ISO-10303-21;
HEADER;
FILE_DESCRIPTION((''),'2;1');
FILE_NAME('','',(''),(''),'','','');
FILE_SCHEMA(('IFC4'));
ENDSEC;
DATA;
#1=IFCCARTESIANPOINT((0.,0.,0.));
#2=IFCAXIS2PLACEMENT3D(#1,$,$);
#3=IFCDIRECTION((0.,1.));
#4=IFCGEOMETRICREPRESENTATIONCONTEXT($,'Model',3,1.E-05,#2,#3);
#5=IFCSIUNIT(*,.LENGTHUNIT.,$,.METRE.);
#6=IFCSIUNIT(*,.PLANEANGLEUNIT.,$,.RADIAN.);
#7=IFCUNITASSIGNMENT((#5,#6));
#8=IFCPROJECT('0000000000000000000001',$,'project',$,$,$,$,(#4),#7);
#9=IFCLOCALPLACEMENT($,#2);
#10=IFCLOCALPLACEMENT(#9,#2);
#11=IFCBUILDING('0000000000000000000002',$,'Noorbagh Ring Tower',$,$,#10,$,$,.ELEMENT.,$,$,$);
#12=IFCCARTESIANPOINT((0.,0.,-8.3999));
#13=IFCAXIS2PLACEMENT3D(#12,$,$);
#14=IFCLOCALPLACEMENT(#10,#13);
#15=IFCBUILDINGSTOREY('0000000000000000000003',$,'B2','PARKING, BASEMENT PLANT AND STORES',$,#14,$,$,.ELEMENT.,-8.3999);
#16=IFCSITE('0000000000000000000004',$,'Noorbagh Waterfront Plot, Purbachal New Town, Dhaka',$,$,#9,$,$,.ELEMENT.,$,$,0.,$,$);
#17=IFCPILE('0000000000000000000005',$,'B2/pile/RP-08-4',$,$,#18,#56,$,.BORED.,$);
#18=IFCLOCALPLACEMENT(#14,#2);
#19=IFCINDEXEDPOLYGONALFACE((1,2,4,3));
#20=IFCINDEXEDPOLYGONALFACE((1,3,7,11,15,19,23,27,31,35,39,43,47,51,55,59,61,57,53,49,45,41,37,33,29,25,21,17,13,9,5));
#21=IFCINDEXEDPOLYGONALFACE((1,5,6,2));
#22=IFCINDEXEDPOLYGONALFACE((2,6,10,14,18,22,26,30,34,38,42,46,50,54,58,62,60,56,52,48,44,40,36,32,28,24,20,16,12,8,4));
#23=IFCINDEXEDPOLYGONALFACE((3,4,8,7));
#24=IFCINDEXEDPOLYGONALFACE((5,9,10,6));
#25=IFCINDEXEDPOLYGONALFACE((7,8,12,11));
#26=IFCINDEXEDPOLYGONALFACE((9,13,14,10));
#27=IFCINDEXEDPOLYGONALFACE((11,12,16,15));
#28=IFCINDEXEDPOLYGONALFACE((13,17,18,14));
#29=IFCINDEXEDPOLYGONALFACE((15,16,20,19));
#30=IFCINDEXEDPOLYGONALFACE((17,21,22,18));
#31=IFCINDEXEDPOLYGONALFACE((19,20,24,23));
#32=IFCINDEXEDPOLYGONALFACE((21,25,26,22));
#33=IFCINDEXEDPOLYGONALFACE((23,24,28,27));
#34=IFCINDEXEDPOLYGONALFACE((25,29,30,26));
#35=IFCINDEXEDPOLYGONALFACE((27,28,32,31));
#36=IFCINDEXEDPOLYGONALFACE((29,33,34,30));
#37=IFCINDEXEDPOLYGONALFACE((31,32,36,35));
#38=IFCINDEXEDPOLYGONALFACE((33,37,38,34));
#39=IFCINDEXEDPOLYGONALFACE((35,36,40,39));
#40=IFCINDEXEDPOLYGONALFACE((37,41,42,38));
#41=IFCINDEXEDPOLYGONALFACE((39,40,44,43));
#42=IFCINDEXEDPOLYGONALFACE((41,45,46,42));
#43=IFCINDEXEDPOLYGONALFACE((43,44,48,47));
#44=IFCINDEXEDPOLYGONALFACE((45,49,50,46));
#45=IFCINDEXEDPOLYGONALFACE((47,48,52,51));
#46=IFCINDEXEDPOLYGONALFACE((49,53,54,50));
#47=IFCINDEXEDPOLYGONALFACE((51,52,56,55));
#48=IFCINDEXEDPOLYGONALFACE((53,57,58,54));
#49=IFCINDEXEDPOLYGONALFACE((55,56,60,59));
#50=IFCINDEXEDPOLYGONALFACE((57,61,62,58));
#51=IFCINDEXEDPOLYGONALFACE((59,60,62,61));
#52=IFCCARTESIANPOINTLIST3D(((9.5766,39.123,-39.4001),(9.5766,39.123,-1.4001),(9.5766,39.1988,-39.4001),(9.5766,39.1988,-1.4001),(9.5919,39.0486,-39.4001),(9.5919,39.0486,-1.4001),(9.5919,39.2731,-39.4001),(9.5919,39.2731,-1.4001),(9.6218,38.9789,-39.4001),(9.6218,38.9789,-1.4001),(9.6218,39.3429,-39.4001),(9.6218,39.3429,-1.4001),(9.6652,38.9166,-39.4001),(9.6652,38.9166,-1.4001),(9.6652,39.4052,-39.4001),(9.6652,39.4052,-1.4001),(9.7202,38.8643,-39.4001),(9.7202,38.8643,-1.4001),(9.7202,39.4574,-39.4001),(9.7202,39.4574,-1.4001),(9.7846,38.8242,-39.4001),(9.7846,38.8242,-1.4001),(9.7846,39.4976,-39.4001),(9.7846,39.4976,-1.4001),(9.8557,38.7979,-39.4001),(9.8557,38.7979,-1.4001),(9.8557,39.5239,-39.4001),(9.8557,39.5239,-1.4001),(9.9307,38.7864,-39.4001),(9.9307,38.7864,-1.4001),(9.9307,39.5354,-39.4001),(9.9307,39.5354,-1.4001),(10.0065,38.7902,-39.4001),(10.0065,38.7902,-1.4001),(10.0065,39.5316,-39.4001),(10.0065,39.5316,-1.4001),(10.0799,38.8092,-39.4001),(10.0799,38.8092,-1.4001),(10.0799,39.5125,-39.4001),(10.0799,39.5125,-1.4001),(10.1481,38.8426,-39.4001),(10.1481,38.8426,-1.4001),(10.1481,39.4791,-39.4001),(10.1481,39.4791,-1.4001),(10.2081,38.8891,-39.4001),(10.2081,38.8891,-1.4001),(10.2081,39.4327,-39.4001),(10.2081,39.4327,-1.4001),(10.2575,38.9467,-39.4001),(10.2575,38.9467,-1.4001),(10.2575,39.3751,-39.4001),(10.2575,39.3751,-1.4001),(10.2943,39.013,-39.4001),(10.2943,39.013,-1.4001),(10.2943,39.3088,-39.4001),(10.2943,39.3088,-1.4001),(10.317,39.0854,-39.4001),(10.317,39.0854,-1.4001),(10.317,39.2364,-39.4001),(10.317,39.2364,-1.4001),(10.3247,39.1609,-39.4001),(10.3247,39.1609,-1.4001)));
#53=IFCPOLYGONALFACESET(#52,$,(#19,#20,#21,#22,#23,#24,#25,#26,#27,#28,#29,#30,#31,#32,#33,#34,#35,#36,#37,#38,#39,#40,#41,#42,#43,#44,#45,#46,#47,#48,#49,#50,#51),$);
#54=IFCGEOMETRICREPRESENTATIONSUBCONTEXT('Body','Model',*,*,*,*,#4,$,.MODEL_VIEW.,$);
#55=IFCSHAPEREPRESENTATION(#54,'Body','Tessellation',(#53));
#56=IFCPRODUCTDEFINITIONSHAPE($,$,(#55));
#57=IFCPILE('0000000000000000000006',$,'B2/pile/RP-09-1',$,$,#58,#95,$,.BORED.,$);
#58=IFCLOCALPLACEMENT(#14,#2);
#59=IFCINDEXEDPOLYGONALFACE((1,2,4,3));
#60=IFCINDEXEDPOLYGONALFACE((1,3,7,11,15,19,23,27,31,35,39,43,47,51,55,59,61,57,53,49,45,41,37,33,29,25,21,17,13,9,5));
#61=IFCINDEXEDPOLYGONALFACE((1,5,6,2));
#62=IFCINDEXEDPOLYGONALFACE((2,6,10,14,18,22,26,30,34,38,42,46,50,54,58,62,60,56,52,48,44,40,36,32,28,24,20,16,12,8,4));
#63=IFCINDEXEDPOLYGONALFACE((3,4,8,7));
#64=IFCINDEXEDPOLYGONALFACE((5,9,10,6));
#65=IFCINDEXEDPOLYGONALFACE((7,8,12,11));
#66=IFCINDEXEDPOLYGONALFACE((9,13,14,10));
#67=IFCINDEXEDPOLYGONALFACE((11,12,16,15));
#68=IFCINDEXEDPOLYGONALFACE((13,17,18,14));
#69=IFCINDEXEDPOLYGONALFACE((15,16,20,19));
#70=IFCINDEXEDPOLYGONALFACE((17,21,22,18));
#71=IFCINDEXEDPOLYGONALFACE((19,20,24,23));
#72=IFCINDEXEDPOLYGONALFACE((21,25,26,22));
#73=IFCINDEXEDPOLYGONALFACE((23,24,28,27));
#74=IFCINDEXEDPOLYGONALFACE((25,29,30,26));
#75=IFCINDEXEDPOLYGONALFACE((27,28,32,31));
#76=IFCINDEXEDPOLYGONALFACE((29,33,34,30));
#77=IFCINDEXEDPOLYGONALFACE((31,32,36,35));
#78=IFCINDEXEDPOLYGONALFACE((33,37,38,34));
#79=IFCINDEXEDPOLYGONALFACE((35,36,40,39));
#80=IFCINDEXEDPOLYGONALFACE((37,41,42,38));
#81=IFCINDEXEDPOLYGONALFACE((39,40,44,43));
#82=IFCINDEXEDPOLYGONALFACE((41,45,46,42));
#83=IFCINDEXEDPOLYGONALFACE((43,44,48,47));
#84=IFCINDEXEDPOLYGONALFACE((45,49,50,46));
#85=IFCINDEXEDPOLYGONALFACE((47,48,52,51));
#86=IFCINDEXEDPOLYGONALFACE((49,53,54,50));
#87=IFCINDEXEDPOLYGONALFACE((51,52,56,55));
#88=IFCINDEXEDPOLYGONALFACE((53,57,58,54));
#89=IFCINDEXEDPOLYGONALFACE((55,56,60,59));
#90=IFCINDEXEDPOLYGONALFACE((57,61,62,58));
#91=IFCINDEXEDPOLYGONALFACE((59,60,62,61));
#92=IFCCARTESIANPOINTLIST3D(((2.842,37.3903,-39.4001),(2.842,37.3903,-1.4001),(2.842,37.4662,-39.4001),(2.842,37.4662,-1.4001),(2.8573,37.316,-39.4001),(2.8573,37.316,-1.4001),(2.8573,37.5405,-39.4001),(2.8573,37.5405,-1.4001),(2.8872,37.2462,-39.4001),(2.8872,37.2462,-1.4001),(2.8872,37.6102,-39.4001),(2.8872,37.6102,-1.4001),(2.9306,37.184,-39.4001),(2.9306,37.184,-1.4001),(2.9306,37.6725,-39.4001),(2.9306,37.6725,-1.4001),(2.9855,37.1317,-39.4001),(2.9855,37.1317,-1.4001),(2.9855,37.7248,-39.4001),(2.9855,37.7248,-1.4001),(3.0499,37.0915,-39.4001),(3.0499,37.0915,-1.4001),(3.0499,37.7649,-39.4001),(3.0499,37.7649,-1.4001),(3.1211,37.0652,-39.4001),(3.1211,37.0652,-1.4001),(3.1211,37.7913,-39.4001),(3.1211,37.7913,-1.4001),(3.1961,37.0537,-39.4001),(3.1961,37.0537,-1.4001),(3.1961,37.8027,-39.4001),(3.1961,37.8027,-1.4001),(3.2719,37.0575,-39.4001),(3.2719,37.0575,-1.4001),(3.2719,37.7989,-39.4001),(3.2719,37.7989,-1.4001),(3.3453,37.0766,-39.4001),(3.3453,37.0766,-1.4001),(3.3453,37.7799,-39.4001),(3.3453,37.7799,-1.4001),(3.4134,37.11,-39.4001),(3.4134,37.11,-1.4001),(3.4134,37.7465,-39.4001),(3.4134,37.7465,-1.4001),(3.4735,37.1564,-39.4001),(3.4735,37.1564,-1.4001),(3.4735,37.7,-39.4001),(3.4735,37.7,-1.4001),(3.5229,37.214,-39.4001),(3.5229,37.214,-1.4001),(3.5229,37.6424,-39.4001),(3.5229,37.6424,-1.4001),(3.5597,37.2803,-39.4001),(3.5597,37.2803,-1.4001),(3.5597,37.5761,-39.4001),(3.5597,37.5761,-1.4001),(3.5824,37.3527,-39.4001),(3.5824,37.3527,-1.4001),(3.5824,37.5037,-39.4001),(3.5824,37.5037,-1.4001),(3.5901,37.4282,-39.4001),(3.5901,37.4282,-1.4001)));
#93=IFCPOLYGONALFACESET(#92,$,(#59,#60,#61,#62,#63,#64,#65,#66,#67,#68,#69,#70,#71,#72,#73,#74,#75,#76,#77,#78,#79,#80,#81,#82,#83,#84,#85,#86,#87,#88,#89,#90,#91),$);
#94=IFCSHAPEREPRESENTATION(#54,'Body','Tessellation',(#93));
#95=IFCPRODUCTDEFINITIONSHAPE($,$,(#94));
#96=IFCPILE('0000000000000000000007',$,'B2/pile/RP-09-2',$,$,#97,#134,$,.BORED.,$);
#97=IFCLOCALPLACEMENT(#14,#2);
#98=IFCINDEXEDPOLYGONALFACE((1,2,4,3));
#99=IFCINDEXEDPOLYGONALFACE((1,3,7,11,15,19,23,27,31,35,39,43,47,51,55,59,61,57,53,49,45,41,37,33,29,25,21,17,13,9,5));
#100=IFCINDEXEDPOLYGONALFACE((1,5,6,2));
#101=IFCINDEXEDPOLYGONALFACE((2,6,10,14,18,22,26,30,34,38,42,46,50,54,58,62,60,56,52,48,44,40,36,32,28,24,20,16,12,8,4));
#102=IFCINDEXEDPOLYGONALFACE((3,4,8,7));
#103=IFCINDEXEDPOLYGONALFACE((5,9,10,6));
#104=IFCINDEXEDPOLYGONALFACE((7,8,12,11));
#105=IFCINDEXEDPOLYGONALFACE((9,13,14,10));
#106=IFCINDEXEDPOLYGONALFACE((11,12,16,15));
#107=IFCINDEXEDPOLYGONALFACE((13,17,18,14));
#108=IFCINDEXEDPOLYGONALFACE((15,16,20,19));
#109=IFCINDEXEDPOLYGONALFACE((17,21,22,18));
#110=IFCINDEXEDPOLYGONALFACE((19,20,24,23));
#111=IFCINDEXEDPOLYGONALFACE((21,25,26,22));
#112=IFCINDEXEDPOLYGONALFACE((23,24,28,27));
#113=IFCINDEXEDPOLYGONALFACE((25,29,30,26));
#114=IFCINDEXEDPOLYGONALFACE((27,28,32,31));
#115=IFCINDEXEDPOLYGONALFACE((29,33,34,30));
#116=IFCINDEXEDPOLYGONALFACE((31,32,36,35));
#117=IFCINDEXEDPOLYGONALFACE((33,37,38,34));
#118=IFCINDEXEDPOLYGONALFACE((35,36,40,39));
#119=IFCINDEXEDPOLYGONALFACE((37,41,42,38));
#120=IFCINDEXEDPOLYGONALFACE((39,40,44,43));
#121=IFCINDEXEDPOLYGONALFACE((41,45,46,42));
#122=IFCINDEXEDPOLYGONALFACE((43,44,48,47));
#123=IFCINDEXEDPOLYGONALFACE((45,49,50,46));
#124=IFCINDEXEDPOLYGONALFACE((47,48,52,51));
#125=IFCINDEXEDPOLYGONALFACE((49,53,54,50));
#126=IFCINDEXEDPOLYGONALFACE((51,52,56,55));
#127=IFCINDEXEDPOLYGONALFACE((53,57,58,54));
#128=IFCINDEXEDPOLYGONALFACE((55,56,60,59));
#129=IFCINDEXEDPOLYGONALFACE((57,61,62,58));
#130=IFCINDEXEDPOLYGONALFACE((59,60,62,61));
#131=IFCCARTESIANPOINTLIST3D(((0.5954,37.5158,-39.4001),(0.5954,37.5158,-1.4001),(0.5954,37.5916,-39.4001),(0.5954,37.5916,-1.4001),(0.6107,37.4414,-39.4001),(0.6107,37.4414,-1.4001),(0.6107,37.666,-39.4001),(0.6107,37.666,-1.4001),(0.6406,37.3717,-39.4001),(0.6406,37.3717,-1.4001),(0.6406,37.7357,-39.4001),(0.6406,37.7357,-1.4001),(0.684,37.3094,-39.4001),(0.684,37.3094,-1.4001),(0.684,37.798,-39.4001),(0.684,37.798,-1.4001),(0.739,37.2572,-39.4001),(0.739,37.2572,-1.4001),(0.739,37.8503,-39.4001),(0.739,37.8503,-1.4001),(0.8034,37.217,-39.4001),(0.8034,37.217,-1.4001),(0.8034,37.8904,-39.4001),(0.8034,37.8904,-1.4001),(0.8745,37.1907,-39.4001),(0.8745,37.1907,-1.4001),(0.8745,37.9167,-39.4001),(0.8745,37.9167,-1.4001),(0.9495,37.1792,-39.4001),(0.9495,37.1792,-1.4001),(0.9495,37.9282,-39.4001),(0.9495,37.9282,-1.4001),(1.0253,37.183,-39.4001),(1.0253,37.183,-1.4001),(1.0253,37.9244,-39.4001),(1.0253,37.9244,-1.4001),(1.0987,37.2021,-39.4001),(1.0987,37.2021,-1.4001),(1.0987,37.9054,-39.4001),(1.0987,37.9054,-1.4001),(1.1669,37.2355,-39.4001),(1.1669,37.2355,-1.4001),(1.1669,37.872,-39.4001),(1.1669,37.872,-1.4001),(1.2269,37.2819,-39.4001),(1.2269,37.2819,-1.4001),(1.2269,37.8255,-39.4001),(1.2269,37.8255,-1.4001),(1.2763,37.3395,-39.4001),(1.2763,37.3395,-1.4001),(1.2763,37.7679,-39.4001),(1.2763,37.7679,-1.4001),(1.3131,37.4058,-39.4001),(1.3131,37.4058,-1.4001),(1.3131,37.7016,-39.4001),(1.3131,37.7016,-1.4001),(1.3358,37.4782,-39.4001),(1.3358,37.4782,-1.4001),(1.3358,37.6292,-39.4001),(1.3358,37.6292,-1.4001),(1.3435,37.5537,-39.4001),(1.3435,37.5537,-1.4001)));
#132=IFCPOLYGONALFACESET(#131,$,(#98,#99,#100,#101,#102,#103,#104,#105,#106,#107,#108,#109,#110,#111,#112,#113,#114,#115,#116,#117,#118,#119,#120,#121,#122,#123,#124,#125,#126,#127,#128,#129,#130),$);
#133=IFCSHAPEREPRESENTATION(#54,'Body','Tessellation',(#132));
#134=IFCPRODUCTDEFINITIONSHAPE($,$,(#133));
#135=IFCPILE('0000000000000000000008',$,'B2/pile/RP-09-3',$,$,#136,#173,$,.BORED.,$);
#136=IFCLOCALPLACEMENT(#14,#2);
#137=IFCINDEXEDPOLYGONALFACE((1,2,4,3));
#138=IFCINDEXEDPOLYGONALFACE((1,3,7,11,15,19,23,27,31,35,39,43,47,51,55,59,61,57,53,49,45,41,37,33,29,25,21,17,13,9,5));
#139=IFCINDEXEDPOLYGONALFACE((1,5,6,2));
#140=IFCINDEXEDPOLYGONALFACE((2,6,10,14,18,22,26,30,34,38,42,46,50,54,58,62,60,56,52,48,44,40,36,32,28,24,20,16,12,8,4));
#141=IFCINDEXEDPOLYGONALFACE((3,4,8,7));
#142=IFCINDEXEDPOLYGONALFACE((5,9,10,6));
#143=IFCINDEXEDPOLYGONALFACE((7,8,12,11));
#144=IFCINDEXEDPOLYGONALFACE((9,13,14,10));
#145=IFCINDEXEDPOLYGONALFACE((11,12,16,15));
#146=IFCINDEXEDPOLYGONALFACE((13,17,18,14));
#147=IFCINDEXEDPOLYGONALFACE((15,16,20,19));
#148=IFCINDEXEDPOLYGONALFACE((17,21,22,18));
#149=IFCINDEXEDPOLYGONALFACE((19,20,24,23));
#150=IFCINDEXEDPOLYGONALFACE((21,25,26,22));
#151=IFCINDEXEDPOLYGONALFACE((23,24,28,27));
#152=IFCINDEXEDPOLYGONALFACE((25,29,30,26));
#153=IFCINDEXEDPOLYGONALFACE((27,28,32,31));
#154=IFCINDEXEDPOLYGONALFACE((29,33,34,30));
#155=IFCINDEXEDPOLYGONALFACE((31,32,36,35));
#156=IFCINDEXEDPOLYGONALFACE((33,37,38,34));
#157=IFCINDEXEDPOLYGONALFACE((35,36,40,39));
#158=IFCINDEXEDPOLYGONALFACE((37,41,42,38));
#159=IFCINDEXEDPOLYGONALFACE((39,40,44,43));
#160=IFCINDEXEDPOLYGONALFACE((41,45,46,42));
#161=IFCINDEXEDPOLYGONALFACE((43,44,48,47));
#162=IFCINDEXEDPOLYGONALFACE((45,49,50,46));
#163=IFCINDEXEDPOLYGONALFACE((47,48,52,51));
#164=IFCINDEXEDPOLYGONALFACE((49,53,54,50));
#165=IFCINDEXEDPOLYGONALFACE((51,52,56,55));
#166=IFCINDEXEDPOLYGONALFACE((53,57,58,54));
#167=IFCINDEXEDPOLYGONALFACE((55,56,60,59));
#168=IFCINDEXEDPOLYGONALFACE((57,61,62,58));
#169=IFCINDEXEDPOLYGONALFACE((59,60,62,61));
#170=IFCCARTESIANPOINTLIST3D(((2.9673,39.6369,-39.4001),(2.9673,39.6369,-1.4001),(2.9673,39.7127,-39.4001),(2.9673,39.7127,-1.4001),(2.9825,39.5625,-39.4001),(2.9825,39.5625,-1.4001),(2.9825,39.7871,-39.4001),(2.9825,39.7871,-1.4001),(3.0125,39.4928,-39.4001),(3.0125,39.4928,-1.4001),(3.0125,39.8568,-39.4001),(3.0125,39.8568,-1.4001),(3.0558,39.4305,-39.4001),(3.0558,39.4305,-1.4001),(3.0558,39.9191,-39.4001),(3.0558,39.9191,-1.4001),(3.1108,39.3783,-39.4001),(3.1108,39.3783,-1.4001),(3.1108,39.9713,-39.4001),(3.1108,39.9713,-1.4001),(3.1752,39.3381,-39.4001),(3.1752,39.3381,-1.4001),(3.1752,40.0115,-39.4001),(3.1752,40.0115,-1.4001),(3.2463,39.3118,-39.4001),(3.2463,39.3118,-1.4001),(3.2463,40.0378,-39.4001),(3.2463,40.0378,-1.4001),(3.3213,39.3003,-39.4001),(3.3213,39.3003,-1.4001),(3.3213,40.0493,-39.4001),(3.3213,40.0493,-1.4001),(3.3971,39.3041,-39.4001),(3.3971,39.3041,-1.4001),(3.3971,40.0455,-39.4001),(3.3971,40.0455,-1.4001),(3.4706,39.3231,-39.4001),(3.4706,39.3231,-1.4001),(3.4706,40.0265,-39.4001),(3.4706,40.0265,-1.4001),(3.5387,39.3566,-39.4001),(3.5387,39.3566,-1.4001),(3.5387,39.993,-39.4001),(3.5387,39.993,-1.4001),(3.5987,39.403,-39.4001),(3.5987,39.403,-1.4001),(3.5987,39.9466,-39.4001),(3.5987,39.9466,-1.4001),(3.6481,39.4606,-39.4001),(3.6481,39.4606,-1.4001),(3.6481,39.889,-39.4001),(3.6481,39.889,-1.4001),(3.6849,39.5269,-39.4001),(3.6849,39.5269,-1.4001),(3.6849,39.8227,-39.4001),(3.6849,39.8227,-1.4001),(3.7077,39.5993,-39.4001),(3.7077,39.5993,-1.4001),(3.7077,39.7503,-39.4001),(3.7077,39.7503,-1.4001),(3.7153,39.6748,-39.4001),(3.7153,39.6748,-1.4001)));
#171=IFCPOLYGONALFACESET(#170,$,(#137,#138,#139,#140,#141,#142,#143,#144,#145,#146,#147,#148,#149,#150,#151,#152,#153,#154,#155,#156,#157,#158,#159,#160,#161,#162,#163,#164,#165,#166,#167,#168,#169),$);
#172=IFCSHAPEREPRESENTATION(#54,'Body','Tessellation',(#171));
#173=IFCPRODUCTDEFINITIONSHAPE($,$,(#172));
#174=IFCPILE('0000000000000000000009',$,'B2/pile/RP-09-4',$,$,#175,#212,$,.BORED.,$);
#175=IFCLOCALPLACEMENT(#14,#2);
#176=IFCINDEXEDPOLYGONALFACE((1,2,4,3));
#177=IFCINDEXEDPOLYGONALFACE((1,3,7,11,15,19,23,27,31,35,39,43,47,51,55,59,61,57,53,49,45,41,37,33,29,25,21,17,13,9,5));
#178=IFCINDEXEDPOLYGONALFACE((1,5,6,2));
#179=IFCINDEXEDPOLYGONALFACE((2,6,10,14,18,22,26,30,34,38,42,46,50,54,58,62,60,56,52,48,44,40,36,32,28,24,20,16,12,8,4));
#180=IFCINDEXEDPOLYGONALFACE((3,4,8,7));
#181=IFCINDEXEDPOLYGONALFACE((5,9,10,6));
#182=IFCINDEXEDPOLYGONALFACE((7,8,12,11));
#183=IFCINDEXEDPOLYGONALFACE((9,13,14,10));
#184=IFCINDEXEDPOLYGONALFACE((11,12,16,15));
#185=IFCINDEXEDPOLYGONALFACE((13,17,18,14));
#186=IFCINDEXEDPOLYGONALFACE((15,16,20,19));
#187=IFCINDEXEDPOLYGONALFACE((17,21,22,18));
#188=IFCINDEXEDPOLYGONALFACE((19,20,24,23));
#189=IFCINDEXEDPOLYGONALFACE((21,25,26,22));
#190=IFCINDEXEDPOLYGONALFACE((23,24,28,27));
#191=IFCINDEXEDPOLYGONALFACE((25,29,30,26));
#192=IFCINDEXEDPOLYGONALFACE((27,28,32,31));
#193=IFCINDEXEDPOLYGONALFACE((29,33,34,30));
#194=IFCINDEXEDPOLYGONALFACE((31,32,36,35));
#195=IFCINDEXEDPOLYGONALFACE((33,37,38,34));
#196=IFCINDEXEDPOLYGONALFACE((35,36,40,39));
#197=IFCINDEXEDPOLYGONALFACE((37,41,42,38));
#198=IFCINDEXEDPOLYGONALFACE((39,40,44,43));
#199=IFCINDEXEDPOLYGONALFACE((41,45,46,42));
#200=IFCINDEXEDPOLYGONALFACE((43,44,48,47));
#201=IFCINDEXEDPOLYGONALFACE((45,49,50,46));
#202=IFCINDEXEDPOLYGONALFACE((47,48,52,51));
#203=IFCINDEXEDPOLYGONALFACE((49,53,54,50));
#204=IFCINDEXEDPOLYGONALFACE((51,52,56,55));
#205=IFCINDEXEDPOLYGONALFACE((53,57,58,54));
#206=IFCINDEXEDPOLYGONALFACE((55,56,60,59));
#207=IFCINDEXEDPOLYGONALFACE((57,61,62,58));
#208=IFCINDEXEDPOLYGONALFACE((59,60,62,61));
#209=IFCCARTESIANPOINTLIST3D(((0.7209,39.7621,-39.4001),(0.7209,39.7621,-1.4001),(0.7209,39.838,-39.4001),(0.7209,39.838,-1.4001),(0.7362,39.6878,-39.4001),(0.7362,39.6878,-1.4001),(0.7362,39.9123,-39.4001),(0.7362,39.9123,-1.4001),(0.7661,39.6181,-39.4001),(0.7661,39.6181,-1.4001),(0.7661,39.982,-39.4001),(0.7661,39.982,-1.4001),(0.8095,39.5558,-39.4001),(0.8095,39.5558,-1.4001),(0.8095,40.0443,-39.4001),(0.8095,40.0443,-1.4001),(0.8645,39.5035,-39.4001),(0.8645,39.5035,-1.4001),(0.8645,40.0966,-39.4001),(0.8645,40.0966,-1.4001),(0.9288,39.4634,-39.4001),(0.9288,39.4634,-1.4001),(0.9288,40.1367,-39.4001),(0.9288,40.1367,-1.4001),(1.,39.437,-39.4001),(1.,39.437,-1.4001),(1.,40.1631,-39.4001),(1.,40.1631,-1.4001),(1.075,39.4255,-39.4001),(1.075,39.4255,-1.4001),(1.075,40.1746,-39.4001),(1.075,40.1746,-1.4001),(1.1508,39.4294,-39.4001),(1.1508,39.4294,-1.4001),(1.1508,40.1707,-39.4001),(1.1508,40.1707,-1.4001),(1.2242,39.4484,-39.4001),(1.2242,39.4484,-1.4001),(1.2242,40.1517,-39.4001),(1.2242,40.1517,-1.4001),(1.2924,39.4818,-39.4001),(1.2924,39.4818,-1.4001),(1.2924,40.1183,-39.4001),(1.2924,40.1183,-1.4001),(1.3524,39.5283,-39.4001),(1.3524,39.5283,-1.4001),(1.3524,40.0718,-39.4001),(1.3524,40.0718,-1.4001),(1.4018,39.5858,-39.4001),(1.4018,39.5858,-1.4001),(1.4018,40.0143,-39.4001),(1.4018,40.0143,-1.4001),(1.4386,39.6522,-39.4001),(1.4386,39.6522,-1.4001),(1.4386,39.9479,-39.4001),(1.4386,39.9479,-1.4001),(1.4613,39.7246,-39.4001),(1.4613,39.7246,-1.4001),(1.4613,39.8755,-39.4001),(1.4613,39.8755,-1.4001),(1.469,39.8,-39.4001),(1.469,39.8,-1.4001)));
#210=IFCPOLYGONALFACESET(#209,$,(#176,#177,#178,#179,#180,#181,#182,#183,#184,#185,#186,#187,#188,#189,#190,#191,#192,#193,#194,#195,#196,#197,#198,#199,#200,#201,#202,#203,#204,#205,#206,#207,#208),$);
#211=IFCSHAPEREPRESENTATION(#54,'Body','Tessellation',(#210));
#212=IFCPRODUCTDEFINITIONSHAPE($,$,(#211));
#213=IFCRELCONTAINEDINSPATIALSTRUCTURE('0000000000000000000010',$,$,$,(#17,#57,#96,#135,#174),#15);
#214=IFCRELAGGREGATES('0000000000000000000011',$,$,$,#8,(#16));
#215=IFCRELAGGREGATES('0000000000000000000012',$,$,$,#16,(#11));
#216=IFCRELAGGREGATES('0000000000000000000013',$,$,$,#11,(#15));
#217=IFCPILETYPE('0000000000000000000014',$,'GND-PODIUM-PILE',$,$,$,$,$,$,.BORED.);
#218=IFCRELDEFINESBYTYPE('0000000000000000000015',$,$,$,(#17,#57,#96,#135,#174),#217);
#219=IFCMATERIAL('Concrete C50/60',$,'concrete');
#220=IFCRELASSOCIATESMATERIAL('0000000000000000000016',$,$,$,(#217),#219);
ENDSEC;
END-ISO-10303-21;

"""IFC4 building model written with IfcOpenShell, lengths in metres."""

from ifc_helpers import new_model, si_unit, direction, frame, origin, origin_2d, place, context, subcontext, project, spatial, circle, extrude, material, material_profile, profile_set, type_object, element, save


model = new_model("IFC4")

# Units and contexts
model_context = context("Model", 3, precision=1e-05, world=origin(), true_north=direction((0.0, 1.0)))
body_context = subcontext(model_context, "Body", "Model", "MODEL_VIEW")
ifc_project = project(units=[si_unit("LENGTHUNIT", "METRE"), si_unit("PLANEANGLEUNIT", "RADIAN")], contexts=[model_context])

# Site, building, storey
site_placement = place(None, origin())
site = spatial("IfcSite", under=ifc_project, at=site_placement, Name="Noorbagh Waterfront Plot, Purbachal New Town, Dhaka", CompositionType="ELEMENT", RefElevation=0.0)
building_placement = place(site_placement, origin())
building = spatial("IfcBuilding", under=site, at=building_placement, Name="Noorbagh Ring Tower", CompositionType="ELEMENT")
storey_placement = place(building_placement, frame((0.0, 0.0, -8.3999)))
storey = spatial("IfcBuildingStorey", under=building, at=storey_placement, Name="B2", Description="PARKING, BASEMENT PLANT AND STORES", CompositionType="ELEMENT", Elevation=-8.3999)

# Piles
ifc_material_1 = material(Name="Concrete C50/60", Category="concrete")
ifc_material_profile_1 = material_profile(ifc_material_1, circle(Radius=0.375, at=origin_2d()), Name="PILE750")
ifc_profile_set_1 = profile_set([ifc_material_profile_1], Name="Concrete C50/60")
pile_type_1 = type_object("IfcPileType", Name="GND-PODIUM-PILE", PredefinedType="BORED", material=ifc_profile_set_1)
for number, where, z_axis, x_axis, name in (
    (1, (9.9497, 39.1609, -1.4001), (0.0, 0.0, -1.0), (1.0, 0.0, 0.0), "B2/pile/RP-08-4"),
    (2, (3.2151, 37.4282, -1.4001), (0.0, 0.0, -1.0), (1.0, 0.0, 0.0), "B2/pile/RP-09-1"),
    (3, (0.9685, 37.5537, -1.4001), (0.0, 0.0, -1.0), (1.0, 0.0, 0.0), "B2/pile/RP-09-2"),
    (4, (3.3403, 39.6748, -1.4001), (0.0, 0.0, -1.0), (1.0, 0.0, 0.0), "B2/pile/RP-09-3"),
    (5, (1.094, 39.8, -1.4001), (0.0, 0.0, -1.0), (1.0, 0.0, 0.0), "B2/pile/RP-09-4"),
):
    element("IfcPile", number, at=place(storey_placement, frame(where, z_axis=z_axis, x_axis=x_axis)), inside=storey, type_object=pile_type_1, Name=name, PredefinedType="BORED", context=body_context, shape_type="SweptSolid", body=[
        extrude(circle(Radius=0.375, at=origin_2d()), origin(), (0.0, 0.0, 1.0), 38.0),
    ])

save(model, "model.ifc")
